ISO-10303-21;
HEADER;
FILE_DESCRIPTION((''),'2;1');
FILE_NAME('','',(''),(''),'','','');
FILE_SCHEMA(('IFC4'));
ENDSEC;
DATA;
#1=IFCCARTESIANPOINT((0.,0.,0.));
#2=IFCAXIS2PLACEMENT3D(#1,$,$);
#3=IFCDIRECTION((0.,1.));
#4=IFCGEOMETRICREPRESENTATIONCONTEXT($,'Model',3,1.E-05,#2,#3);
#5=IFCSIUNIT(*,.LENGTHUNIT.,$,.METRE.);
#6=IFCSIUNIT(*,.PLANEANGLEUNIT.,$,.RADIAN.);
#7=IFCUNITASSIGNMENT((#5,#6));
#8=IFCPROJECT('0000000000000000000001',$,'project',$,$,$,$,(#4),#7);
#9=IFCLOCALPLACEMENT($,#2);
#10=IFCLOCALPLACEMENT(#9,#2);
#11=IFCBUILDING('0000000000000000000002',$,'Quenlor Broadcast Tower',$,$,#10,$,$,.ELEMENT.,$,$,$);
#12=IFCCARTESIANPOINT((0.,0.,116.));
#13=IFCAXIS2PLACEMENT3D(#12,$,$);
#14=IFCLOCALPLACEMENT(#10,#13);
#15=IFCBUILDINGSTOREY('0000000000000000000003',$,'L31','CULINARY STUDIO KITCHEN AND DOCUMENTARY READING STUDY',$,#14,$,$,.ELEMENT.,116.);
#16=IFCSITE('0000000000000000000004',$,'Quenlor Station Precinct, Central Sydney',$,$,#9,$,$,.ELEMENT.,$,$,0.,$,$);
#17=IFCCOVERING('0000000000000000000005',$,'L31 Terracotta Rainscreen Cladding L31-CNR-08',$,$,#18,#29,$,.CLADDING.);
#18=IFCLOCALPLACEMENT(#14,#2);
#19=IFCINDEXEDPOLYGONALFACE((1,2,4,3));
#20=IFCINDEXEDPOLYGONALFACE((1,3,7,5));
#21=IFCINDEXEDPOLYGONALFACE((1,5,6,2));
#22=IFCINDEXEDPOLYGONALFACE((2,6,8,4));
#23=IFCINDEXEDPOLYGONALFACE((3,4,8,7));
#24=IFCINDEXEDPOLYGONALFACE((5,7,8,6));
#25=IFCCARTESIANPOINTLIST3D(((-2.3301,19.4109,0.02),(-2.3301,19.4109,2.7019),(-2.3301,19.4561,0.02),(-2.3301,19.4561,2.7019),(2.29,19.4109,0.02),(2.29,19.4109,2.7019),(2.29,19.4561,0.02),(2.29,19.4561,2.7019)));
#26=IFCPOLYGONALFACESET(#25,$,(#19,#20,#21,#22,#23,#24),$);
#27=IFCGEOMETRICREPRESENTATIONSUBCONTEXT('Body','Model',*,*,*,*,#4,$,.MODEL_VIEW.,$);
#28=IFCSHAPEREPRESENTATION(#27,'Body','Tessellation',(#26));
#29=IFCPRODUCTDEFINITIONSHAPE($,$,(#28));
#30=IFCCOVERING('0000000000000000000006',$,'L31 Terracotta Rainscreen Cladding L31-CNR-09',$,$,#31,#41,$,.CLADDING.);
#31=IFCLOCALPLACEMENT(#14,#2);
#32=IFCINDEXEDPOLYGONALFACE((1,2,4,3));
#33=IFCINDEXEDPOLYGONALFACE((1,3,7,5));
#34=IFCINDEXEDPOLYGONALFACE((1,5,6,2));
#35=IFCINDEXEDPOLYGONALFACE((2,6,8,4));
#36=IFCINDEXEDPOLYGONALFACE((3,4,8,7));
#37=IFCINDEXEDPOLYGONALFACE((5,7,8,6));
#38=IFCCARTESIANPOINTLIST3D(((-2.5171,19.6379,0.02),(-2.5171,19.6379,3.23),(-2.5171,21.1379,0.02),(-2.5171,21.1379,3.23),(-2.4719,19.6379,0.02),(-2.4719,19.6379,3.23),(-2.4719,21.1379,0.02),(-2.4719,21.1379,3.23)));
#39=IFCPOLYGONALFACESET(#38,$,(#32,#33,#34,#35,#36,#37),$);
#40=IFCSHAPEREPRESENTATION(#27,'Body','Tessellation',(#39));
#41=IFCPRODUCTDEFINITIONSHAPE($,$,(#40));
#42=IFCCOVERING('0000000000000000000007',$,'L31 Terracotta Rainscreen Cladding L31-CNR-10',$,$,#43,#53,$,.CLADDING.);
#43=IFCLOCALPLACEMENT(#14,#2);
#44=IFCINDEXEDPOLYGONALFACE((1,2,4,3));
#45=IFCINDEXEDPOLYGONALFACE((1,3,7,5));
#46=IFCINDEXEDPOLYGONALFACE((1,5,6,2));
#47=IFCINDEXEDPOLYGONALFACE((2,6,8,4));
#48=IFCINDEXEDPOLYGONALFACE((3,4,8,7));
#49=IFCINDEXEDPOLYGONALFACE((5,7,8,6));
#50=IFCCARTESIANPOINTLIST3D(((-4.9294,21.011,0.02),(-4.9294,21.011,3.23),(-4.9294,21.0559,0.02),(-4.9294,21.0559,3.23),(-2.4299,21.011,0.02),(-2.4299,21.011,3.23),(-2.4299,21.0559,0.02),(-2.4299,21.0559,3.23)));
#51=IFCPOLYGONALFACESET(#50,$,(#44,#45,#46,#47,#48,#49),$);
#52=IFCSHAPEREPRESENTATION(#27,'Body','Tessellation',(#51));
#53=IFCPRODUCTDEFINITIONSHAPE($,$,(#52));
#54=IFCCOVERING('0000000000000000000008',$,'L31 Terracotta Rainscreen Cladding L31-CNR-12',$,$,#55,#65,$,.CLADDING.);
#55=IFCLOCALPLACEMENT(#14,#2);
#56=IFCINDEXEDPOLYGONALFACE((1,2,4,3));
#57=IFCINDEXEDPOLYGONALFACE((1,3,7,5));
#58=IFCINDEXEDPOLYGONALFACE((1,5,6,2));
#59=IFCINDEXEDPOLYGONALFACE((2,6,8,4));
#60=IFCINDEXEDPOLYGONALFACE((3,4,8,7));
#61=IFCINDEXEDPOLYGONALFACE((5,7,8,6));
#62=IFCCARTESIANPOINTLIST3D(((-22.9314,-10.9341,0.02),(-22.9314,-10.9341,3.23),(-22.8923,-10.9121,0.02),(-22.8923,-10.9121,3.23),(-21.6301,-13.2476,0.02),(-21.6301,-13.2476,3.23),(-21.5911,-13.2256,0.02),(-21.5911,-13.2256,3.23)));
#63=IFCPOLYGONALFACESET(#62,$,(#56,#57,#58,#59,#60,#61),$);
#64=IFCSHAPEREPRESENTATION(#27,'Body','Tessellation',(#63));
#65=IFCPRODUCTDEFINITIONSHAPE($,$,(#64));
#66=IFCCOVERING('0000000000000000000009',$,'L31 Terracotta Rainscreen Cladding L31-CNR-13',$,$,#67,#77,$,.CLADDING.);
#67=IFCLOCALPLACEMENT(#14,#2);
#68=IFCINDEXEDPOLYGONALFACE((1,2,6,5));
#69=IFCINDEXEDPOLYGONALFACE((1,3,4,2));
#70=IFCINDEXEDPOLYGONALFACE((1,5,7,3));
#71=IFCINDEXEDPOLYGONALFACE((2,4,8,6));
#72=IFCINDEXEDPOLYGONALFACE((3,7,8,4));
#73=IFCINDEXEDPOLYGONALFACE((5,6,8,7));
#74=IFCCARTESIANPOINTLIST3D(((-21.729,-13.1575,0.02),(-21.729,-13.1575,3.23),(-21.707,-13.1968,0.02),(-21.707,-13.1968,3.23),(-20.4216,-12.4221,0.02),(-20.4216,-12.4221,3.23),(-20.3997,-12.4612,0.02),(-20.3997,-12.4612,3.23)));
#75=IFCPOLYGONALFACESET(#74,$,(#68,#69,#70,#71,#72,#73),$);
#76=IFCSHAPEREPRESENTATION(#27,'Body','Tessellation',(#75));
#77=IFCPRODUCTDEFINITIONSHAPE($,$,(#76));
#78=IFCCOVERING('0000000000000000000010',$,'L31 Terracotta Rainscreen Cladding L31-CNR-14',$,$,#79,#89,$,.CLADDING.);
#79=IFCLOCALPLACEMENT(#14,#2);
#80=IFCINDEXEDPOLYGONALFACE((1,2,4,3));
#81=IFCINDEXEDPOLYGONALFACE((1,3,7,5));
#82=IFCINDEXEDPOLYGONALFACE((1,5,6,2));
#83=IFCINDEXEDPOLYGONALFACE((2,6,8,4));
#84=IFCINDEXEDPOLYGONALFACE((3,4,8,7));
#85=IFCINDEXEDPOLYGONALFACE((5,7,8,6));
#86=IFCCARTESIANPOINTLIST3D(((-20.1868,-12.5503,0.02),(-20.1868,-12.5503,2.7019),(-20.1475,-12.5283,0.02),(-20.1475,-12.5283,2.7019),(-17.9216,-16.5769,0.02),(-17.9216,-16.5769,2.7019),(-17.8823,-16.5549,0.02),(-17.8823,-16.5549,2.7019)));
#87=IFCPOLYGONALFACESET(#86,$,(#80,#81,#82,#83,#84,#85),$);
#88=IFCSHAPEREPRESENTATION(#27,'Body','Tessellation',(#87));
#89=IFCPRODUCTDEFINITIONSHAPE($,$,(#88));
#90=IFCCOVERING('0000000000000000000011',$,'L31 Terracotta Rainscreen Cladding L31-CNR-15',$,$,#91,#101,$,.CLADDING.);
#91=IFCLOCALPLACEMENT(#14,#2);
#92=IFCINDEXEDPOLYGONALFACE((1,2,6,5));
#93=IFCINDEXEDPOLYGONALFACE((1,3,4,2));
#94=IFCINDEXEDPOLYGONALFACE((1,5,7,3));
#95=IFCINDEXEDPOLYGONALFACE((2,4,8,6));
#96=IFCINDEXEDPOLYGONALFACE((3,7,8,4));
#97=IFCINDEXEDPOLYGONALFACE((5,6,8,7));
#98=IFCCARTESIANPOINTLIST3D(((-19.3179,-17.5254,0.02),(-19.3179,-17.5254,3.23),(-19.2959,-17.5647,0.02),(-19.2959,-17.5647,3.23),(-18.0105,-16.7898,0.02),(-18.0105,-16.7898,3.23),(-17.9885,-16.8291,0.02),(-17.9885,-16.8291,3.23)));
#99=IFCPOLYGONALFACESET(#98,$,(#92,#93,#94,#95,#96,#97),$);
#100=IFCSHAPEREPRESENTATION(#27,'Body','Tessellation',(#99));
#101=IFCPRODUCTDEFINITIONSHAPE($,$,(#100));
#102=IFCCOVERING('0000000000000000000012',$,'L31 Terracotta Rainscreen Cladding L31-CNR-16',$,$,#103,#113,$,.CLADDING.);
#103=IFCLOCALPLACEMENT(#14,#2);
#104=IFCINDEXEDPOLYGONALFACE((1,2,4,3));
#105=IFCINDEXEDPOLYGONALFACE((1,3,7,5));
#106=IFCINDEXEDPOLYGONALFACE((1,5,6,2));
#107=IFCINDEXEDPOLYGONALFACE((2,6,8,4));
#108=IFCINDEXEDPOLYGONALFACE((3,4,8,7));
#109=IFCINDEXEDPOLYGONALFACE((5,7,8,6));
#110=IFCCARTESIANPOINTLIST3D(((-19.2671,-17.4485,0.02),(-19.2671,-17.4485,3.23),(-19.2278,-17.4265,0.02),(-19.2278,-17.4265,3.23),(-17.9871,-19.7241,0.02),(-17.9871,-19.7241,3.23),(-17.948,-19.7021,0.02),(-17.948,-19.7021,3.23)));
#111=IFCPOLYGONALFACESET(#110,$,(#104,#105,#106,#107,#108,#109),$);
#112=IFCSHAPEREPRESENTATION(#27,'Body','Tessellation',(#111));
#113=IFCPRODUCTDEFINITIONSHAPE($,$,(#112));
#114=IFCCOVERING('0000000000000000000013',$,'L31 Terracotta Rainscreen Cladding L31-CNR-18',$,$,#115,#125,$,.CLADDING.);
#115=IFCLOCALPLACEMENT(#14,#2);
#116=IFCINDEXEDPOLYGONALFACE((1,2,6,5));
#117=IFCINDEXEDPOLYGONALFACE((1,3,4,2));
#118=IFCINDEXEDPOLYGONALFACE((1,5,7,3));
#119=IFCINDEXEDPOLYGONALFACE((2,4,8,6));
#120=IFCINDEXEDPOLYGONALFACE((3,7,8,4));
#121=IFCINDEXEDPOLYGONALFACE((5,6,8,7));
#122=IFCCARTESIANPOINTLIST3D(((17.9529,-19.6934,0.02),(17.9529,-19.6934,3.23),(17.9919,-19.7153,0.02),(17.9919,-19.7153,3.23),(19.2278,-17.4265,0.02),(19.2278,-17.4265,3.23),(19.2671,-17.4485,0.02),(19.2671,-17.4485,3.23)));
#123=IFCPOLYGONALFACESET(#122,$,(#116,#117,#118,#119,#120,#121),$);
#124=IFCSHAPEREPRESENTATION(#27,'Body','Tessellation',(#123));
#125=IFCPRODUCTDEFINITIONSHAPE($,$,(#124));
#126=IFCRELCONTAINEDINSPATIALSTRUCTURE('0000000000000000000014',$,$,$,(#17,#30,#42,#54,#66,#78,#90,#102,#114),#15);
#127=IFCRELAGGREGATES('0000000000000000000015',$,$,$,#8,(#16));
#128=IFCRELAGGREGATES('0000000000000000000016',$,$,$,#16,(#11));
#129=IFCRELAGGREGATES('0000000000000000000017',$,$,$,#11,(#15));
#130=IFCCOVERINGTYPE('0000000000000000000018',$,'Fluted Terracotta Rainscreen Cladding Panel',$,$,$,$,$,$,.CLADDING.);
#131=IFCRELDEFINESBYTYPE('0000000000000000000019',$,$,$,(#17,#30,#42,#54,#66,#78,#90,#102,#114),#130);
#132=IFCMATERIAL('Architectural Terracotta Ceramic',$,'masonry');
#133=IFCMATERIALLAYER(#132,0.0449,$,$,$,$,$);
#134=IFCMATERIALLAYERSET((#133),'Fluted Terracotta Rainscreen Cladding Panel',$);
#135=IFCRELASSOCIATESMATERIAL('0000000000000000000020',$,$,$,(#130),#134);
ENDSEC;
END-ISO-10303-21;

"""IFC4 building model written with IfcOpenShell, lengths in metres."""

from ifc_helpers import new_model, si_unit, direction, frame, origin, place, context, subcontext, project, spatial, polyline, outline, extrude, material, layer, layer_set, type_object, element, save


model = new_model("IFC4")

# Units and contexts
model_context = context("Model", 3, precision=1e-05, world=origin(), true_north=direction((0.0, 1.0)))
body_context = subcontext(model_context, "Body", "Model", "MODEL_VIEW")
ifc_project = project(units=[si_unit("LENGTHUNIT", "METRE"), si_unit("PLANEANGLEUNIT", "RADIAN")], contexts=[model_context])

# Site, building, storey
site_placement = place(None, origin())
site = spatial("IfcSite", under=ifc_project, at=site_placement, Name="Quenlor Station Precinct, Central Sydney", CompositionType="ELEMENT", RefElevation=0.0)
building_placement = place(site_placement, origin())
building = spatial("IfcBuilding", under=site, at=building_placement, Name="Quenlor Broadcast Tower", CompositionType="ELEMENT")
storey_placement = place(building_placement, frame((0.0, 0.0, 116.0)))
storey = spatial("IfcBuildingStorey", under=building, at=storey_placement, Name="L31", Description="CULINARY STUDIO KITCHEN AND DOCUMENTARY READING STUDY", CompositionType="ELEMENT", Elevation=116.0)

# Coverings
ifc_material_1 = material(Name="Architectural Terracotta Ceramic", Category="masonry")
ifc_layer_1 = layer(ifc_material_1, 0.0449)
ifc_layer_set_1 = layer_set([ifc_layer_1], Name="Fluted Terracotta Rainscreen Cladding Panel")
covering_type_1 = type_object("IfcCoveringType", Name="Fluted Terracotta Rainscreen Cladding Panel", PredefinedType="CLADDING", material=ifc_layer_set_1)
covering_1_placement = place(storey_placement, frame((0.0, 0.0, 0.02)))
element("IfcCovering", 1, at=covering_1_placement, inside=storey, type_object=covering_type_1, Name="L31 Terracotta Rainscreen Cladding L31-CNR-08", PredefinedType="CLADDING", context=body_context, shape_type="SweptSolid", body=[
    extrude(outline(polyline([(2.29, 19.4561), (-2.3301, 19.4561), (-2.3301, 19.4109), (2.29, 19.4109), (2.29, 19.4561)])), origin(), (0.0, 0.0, 1.0), 2.6819),
])
covering_2_placement = place(storey_placement, frame((0.0, 0.0, 0.02)))
element("IfcCovering", 2, at=covering_2_placement, inside=storey, type_object=covering_type_1, Name="L31 Terracotta Rainscreen Cladding L31-CNR-09", PredefinedType="CLADDING", context=body_context, shape_type="SweptSolid", body=[
    extrude(outline(polyline([(-2.4719, 19.6379), (-2.4719, 21.1379), (-2.5171, 21.1379), (-2.5171, 19.6379), (-2.4719, 19.6379)])), origin(), (0.0, 0.0, 1.0), 3.21),
])
covering_3_placement = place(storey_placement, frame((0.0, 0.0, 0.02)))
element("IfcCovering", 3, at=covering_3_placement, inside=storey, type_object=covering_type_1, Name="L31 Terracotta Rainscreen Cladding L31-CNR-10", PredefinedType="CLADDING", context=body_context, shape_type="SweptSolid", body=[
    extrude(outline(polyline([(-2.4299, 21.0559), (-4.9294, 21.0559), (-4.9294, 21.011), (-2.4299, 21.011), (-2.4299, 21.0559)])), origin(), (0.0, 0.0, 1.0), 3.21),
])
covering_4_placement = place(storey_placement, frame((0.0, 0.0, 0.02)))
element("IfcCovering", 4, at=covering_4_placement, inside=storey, type_object=covering_type_1, Name="L31 Terracotta Rainscreen Cladding L31-CNR-12", PredefinedType="CLADDING", context=body_context, shape_type="SweptSolid", body=[
    extrude(outline(polyline([(-22.9314, -10.9341), (-21.6301, -13.2476), (-21.5911, -13.2256), (-22.8923, -10.9121), (-22.9314, -10.9341)])), origin(), (0.0, 0.0, 1.0), 3.21),
])
covering_5_placement = place(storey_placement, frame((0.0, 0.0, 0.02)))
element("IfcCovering", 5, at=covering_5_placement, inside=storey, type_object=covering_type_1, Name="L31 Terracotta Rainscreen Cladding L31-CNR-13", PredefinedType="CLADDING", context=body_context, shape_type="SweptSolid", body=[
    extrude(outline(polyline([(-21.707, -13.1968), (-20.3997, -12.4612), (-20.4216, -12.4221), (-21.729, -13.1575), (-21.707, -13.1968)])), origin(), (0.0, 0.0, 1.0), 3.21),
])
covering_6_placement = place(storey_placement, frame((0.0, 0.0, 0.02)))
element("IfcCovering", 6, at=covering_6_placement, inside=storey, type_object=covering_type_1, Name="L31 Terracotta Rainscreen Cladding L31-CNR-14", PredefinedType="CLADDING", context=body_context, shape_type="SweptSolid", body=[
    extrude(outline(polyline([(-20.1868, -12.5503), (-17.9216, -16.5769), (-17.8823, -16.5549), (-20.1475, -12.5283), (-20.1868, -12.5503)])), origin(), (0.0, 0.0, 1.0), 2.6819),
])
covering_7_placement = place(storey_placement, frame((0.0, 0.0, 0.02)))
element("IfcCovering", 7, at=covering_7_placement, inside=storey, type_object=covering_type_1, Name="L31 Terracotta Rainscreen Cladding L31-CNR-15", PredefinedType="CLADDING", context=body_context, shape_type="SweptSolid", body=[
    extrude(outline(polyline([(-18.0105, -16.7898), (-19.3179, -17.5254), (-19.2959, -17.5647), (-17.9885, -16.8291), (-18.0105, -16.7898)])), origin(), (0.0, 0.0, 1.0), 3.21),
])
covering_8_placement = place(storey_placement, frame((0.0, 0.0, 0.02)))
element("IfcCovering", 8, at=covering_8_placement, inside=storey, type_object=covering_type_1, Name="L31 Terracotta Rainscreen Cladding L31-CNR-16", PredefinedType="CLADDING", context=body_context, shape_type="SweptSolid", body=[
    extrude(outline(polyline([(-19.2671, -17.4485), (-17.9871, -19.7241), (-17.948, -19.7021), (-19.2278, -17.4265), (-19.2671, -17.4485)])), origin(), (0.0, 0.0, 1.0), 3.21),
])
covering_9_placement = place(storey_placement, frame((0.0, 0.0, 0.02)))
element("IfcCovering", 9, at=covering_9_placement, inside=storey, type_object=covering_type_1, Name="L31 Terracotta Rainscreen Cladding L31-CNR-18", PredefinedType="CLADDING", context=body_context, shape_type="SweptSolid", body=[
    extrude(outline(polyline([(17.9919, -19.7153), (19.2671, -17.4485), (19.2278, -17.4265), (17.9529, -19.6934), (17.9919, -19.7153)])), origin(), (0.0, 0.0, 1.0), 3.21),
])

save(model, "model.ifc")
